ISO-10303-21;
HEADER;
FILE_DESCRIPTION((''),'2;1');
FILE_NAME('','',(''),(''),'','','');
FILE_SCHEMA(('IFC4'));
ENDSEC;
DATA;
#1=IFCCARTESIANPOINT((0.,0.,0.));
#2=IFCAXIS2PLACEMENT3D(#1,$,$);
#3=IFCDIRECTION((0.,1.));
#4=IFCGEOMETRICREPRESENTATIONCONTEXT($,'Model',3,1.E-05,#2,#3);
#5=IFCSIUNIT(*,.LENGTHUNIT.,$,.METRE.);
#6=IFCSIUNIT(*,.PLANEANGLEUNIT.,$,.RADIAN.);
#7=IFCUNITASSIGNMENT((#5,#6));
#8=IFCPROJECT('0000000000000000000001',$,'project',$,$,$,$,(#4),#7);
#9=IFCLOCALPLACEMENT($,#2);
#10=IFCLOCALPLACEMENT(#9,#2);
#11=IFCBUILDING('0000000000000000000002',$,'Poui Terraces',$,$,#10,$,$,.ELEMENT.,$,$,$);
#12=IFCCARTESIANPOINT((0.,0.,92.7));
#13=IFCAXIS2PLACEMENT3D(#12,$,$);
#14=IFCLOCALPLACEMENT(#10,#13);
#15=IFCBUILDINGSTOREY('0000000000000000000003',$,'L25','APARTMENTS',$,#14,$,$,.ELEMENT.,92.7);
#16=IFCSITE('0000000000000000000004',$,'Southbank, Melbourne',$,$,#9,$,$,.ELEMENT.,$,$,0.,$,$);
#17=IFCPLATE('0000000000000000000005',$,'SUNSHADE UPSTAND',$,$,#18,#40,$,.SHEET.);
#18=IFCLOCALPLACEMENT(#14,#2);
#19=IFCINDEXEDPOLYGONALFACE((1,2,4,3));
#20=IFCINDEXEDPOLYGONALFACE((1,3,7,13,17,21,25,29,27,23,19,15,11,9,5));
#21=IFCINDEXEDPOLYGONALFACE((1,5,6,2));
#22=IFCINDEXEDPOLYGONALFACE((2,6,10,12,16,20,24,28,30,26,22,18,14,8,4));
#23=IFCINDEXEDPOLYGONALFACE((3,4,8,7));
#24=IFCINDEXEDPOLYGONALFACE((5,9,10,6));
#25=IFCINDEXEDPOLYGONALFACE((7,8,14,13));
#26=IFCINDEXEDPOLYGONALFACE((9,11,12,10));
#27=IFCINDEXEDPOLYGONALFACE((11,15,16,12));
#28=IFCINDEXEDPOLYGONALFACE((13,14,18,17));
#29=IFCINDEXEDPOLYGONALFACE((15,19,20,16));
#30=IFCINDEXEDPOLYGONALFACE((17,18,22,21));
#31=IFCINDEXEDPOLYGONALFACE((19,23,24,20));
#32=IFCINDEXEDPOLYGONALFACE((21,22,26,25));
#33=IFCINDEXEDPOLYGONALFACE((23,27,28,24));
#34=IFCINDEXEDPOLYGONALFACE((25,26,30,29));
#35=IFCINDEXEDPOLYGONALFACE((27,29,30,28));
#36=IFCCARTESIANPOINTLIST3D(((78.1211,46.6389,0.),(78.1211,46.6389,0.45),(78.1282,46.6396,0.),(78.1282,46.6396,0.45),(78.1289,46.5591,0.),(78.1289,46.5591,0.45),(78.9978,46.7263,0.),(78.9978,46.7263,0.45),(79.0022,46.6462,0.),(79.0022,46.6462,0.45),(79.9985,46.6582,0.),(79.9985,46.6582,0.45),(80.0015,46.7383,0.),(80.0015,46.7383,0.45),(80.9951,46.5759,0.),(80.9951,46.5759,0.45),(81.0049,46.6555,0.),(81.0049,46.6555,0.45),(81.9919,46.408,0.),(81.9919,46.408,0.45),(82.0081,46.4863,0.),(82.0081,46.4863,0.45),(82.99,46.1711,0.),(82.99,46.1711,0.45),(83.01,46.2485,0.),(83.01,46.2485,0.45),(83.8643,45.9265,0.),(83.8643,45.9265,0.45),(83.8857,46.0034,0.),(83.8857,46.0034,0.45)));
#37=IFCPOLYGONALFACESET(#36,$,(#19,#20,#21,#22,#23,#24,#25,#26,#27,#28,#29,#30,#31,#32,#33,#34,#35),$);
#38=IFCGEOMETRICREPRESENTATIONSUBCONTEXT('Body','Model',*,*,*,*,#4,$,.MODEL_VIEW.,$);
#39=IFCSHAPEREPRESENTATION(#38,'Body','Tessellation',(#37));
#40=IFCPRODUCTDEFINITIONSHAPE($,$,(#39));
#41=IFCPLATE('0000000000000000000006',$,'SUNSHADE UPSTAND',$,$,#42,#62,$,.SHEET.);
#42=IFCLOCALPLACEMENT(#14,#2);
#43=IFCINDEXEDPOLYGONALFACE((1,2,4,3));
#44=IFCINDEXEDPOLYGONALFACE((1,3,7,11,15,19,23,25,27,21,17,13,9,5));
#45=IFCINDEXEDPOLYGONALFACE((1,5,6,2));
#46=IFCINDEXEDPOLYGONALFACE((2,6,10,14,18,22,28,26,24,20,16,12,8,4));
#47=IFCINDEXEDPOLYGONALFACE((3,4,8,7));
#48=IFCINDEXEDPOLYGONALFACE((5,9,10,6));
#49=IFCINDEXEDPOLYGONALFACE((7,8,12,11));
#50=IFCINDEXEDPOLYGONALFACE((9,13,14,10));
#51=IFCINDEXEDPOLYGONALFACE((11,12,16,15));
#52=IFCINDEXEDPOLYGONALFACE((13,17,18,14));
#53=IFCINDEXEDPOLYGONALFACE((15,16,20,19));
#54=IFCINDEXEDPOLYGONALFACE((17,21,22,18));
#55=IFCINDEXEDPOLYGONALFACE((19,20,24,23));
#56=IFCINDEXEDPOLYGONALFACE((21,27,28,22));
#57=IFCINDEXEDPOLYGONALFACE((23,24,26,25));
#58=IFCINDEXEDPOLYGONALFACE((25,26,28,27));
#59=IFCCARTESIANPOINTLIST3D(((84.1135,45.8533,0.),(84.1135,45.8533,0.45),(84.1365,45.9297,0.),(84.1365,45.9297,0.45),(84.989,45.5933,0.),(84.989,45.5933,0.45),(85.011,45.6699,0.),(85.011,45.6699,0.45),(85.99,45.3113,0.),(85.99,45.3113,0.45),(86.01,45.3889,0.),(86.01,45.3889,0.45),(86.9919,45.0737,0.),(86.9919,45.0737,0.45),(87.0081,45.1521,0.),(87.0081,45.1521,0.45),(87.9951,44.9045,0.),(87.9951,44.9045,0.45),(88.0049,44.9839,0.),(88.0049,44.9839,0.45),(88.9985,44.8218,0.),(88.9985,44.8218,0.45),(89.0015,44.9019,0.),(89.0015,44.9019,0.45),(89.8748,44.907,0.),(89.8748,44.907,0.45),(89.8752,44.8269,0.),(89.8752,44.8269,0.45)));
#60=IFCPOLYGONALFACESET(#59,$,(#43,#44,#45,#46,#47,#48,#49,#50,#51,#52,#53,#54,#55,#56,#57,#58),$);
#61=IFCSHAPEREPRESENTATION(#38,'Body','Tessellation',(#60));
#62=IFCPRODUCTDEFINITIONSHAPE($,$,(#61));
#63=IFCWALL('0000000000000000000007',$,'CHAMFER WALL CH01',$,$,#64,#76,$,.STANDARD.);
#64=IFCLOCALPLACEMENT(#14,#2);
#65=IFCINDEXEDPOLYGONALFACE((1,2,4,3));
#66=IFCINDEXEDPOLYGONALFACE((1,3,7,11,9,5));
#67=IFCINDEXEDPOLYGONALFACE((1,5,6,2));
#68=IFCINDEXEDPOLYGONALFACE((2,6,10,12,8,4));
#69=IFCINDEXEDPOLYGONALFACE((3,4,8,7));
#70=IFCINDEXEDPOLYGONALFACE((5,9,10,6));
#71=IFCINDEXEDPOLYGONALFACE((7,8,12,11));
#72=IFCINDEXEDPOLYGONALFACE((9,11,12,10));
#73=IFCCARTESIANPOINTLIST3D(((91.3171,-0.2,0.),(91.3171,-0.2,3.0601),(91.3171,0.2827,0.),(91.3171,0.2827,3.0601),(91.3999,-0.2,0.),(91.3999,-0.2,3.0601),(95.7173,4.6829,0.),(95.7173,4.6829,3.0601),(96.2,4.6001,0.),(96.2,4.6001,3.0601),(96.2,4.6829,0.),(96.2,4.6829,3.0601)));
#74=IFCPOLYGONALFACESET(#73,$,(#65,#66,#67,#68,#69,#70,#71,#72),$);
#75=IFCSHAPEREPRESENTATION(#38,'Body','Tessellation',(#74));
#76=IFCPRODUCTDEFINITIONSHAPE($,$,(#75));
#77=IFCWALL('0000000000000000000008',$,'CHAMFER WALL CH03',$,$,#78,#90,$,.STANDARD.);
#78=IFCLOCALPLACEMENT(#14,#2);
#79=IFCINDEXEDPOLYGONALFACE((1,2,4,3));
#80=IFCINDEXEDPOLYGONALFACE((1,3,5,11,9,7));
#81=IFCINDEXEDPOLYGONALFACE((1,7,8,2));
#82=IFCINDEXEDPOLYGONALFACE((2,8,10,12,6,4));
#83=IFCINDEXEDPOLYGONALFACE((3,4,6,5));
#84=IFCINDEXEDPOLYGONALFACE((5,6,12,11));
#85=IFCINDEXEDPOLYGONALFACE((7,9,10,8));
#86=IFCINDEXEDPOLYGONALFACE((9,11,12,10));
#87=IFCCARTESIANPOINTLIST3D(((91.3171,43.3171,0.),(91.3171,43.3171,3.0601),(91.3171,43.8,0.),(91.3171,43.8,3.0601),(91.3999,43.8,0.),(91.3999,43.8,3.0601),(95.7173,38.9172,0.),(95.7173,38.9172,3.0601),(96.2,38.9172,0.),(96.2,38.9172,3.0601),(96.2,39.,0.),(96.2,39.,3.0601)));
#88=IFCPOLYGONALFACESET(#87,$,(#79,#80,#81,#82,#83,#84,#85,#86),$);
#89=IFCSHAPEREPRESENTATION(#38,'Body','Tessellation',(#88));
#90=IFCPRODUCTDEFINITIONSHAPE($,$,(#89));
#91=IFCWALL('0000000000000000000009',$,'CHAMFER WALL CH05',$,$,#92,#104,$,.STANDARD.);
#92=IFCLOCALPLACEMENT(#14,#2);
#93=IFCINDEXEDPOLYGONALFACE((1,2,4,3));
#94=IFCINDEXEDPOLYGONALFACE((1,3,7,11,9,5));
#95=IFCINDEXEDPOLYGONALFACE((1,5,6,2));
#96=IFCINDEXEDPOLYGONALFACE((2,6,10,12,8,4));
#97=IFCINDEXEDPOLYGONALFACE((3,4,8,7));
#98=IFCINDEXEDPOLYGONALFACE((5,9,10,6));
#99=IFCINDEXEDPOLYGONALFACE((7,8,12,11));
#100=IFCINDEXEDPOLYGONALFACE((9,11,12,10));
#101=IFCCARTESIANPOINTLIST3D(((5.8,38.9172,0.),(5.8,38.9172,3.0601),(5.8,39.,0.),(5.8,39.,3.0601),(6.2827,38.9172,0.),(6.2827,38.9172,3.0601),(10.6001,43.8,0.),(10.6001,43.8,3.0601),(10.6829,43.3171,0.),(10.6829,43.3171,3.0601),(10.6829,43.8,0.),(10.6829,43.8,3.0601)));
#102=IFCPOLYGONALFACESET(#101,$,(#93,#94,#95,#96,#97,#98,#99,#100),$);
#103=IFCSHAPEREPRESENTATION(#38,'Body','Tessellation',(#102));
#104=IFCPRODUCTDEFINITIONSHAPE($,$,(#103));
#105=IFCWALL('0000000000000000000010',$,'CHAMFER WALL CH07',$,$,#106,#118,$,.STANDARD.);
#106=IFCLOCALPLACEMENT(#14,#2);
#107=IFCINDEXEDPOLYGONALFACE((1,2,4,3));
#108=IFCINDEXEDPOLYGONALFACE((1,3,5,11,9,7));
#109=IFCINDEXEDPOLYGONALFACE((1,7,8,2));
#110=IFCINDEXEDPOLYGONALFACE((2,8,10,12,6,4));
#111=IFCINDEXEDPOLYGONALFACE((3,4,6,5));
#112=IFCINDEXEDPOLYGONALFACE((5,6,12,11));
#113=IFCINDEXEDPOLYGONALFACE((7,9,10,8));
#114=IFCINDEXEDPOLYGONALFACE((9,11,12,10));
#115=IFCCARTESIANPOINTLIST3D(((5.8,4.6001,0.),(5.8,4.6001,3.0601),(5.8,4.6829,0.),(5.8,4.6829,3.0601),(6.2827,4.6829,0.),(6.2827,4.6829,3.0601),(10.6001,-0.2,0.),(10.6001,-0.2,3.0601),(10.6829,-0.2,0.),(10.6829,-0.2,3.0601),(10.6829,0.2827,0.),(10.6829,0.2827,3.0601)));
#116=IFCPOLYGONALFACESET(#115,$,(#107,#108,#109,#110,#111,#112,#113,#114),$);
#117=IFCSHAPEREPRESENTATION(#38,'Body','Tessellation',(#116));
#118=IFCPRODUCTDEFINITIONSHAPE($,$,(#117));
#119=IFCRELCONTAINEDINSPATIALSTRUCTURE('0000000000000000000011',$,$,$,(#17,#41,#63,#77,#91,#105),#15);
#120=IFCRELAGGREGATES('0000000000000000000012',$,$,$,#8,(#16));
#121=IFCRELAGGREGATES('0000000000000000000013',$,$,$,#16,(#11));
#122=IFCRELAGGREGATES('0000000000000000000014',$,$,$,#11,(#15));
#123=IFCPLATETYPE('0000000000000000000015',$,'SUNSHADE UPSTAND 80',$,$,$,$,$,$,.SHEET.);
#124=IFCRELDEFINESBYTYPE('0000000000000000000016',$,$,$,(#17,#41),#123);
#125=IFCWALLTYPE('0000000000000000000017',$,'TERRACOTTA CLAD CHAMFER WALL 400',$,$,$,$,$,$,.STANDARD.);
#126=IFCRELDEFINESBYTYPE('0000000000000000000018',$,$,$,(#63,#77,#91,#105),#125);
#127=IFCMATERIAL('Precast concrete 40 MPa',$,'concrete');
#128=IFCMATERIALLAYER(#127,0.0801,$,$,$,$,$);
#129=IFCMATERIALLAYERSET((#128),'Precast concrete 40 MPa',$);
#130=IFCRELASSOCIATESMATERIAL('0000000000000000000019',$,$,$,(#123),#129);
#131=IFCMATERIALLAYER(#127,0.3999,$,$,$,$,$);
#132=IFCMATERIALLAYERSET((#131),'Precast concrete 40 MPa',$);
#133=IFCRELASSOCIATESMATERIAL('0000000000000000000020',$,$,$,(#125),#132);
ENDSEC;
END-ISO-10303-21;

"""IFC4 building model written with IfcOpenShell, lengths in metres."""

from ifc_helpers import new_model, si_unit, direction, frame, origin, place, context, subcontext, project, spatial, polyline, outline, extrude, material, layer, layer_set, type_object, element, save


model = new_model("IFC4")

# Units and contexts
model_context = context("Model", 3, precision=1e-05, world=origin(), true_north=direction((0.0, 1.0)))
body_context = subcontext(model_context, "Body", "Model", "MODEL_VIEW")
ifc_project = project(units=[si_unit("LENGTHUNIT", "METRE"), si_unit("PLANEANGLEUNIT", "RADIAN")], contexts=[model_context])

# Site, building, storey
site_placement = place(None, origin())
site = spatial("IfcSite", under=ifc_project, at=site_placement, Name="Southbank, Melbourne", CompositionType="ELEMENT", RefElevation=0.0)
building_placement = place(site_placement, origin())
building = spatial("IfcBuilding", under=site, at=building_placement, Name="Poui Terraces", CompositionType="ELEMENT")
storey_placement = place(building_placement, frame((0.0, 0.0, 92.7)))
storey = spatial("IfcBuildingStorey", under=building, at=storey_placement, Name="L25", Description="APARTMENTS", CompositionType="ELEMENT", Elevation=92.7)

# Shared definitions
ifc_material_1 = material(Name="Precast concrete 40 MPa", Category="concrete")

# Plates
ifc_layer_1 = layer(ifc_material_1, 0.0801)
ifc_layer_set_1 = layer_set([ifc_layer_1], Name="Precast concrete 40 MPa")
plate_type = type_object("IfcPlateType", Name="SUNSHADE UPSTAND 80", PredefinedType="SHEET", material=ifc_layer_set_1)
plate_1_placement = place(storey_placement, origin())
element("IfcPlate", 1, at=plate_1_placement, inside=storey, type_object=plate_type, Name="SUNSHADE UPSTAND", PredefinedType="SHEET", context=body_context, shape_type="SweptSolid", body=[
    extrude(outline(polyline([(78.9978, 46.7263), (78.1282, 46.6396), (78.1211, 46.6389), (78.1289, 46.5591), (79.0022, 46.6462), (79.9985, 46.6582), (80.9951, 46.5759), (81.9919, 46.408), (82.99, 46.1711), (83.8643, 45.9265), (83.8857, 46.0034), (83.01, 46.2485), (82.0081, 46.4863), (81.0049, 46.6555), (80.0015, 46.7383), (78.9978, 46.7263)])), origin(), (0.0, 0.0, 1.0), 0.45),
])
plate_2_placement = place(storey_placement, origin())
element("IfcPlate", 2, at=plate_2_placement, inside=storey, type_object=plate_type, Name="SUNSHADE UPSTAND", PredefinedType="SHEET", context=body_context, shape_type="SweptSolid", body=[
    extrude(outline(polyline([(85.011, 45.6699), (84.1365, 45.9297), (84.1135, 45.8533), (84.989, 45.5933), (85.99, 45.3113), (86.9919, 45.0737), (87.9951, 44.9045), (88.9985, 44.8218), (89.8752, 44.8269), (89.8748, 44.907), (89.0015, 44.9019), (88.0049, 44.9839), (87.0081, 45.1521), (86.01, 45.3889), (85.011, 45.6699)])), origin(), (0.0, 0.0, 1.0), 0.45),
])

# Walls
ifc_layer_2 = layer(ifc_material_1, 0.3999)
ifc_layer_set_2 = layer_set([ifc_layer_2], Name="Precast concrete 40 MPa")
wall_type = type_object("IfcWallType", Name="TERRACOTTA CLAD CHAMFER WALL 400", PredefinedType="STANDARD", material=ifc_layer_set_2)
wall_1_placement = place(storey_placement, origin())
element("IfcWall", 3, at=wall_1_placement, inside=storey, type_object=wall_type, Name="CHAMFER WALL CH01", PredefinedType="STANDARD", context=body_context, shape_type="SweptSolid", body=[
    extrude(outline(polyline([(91.3171, -0.2), (91.3999, -0.2), (96.2, 4.6001), (96.2, 4.6829), (95.7173, 4.6829), (91.3171, 0.2827), (91.3171, -0.2)])), origin(), (0.0, 0.0, 1.0), 3.0601),
])
wall_2_placement = place(storey_placement, origin())
element("IfcWall", 4, at=wall_2_placement, inside=storey, type_object=wall_type, Name="CHAMFER WALL CH03", PredefinedType="STANDARD", context=body_context, shape_type="SweptSolid", body=[
    extrude(outline(polyline([(96.2, 38.9172), (96.2, 39.0), (91.3999, 43.8), (91.3171, 43.8), (91.3171, 43.3171), (95.7173, 38.9172), (96.2, 38.9172)])), origin(), (0.0, 0.0, 1.0), 3.0601),
])
wall_3_placement = place(storey_placement, origin())
element("IfcWall", 5, at=wall_3_placement, inside=storey, type_object=wall_type, Name="CHAMFER WALL CH05", PredefinedType="STANDARD", context=body_context, shape_type="SweptSolid", body=[
    extrude(outline(polyline([(10.6829, 43.8), (10.6001, 43.8), (5.8, 39.0), (5.8, 38.9172), (6.2827, 38.9172), (10.6829, 43.3171), (10.6829, 43.8)])), origin(), (0.0, 0.0, 1.0), 3.0601),
])
wall_4_placement = place(storey_placement, origin())
element("IfcWall", 6, at=wall_4_placement, inside=storey, type_object=wall_type, Name="CHAMFER WALL CH07", PredefinedType="STANDARD", context=body_context, shape_type="SweptSolid", body=[
    extrude(outline(polyline([(5.8, 4.6829), (5.8, 4.6001), (10.6001, -0.2), (10.6829, -0.2), (10.6829, 0.2827), (6.2827, 4.6829), (5.8, 4.6829)])), origin(), (0.0, 0.0, 1.0), 3.0601),
])

save(model, "model.ifc")
